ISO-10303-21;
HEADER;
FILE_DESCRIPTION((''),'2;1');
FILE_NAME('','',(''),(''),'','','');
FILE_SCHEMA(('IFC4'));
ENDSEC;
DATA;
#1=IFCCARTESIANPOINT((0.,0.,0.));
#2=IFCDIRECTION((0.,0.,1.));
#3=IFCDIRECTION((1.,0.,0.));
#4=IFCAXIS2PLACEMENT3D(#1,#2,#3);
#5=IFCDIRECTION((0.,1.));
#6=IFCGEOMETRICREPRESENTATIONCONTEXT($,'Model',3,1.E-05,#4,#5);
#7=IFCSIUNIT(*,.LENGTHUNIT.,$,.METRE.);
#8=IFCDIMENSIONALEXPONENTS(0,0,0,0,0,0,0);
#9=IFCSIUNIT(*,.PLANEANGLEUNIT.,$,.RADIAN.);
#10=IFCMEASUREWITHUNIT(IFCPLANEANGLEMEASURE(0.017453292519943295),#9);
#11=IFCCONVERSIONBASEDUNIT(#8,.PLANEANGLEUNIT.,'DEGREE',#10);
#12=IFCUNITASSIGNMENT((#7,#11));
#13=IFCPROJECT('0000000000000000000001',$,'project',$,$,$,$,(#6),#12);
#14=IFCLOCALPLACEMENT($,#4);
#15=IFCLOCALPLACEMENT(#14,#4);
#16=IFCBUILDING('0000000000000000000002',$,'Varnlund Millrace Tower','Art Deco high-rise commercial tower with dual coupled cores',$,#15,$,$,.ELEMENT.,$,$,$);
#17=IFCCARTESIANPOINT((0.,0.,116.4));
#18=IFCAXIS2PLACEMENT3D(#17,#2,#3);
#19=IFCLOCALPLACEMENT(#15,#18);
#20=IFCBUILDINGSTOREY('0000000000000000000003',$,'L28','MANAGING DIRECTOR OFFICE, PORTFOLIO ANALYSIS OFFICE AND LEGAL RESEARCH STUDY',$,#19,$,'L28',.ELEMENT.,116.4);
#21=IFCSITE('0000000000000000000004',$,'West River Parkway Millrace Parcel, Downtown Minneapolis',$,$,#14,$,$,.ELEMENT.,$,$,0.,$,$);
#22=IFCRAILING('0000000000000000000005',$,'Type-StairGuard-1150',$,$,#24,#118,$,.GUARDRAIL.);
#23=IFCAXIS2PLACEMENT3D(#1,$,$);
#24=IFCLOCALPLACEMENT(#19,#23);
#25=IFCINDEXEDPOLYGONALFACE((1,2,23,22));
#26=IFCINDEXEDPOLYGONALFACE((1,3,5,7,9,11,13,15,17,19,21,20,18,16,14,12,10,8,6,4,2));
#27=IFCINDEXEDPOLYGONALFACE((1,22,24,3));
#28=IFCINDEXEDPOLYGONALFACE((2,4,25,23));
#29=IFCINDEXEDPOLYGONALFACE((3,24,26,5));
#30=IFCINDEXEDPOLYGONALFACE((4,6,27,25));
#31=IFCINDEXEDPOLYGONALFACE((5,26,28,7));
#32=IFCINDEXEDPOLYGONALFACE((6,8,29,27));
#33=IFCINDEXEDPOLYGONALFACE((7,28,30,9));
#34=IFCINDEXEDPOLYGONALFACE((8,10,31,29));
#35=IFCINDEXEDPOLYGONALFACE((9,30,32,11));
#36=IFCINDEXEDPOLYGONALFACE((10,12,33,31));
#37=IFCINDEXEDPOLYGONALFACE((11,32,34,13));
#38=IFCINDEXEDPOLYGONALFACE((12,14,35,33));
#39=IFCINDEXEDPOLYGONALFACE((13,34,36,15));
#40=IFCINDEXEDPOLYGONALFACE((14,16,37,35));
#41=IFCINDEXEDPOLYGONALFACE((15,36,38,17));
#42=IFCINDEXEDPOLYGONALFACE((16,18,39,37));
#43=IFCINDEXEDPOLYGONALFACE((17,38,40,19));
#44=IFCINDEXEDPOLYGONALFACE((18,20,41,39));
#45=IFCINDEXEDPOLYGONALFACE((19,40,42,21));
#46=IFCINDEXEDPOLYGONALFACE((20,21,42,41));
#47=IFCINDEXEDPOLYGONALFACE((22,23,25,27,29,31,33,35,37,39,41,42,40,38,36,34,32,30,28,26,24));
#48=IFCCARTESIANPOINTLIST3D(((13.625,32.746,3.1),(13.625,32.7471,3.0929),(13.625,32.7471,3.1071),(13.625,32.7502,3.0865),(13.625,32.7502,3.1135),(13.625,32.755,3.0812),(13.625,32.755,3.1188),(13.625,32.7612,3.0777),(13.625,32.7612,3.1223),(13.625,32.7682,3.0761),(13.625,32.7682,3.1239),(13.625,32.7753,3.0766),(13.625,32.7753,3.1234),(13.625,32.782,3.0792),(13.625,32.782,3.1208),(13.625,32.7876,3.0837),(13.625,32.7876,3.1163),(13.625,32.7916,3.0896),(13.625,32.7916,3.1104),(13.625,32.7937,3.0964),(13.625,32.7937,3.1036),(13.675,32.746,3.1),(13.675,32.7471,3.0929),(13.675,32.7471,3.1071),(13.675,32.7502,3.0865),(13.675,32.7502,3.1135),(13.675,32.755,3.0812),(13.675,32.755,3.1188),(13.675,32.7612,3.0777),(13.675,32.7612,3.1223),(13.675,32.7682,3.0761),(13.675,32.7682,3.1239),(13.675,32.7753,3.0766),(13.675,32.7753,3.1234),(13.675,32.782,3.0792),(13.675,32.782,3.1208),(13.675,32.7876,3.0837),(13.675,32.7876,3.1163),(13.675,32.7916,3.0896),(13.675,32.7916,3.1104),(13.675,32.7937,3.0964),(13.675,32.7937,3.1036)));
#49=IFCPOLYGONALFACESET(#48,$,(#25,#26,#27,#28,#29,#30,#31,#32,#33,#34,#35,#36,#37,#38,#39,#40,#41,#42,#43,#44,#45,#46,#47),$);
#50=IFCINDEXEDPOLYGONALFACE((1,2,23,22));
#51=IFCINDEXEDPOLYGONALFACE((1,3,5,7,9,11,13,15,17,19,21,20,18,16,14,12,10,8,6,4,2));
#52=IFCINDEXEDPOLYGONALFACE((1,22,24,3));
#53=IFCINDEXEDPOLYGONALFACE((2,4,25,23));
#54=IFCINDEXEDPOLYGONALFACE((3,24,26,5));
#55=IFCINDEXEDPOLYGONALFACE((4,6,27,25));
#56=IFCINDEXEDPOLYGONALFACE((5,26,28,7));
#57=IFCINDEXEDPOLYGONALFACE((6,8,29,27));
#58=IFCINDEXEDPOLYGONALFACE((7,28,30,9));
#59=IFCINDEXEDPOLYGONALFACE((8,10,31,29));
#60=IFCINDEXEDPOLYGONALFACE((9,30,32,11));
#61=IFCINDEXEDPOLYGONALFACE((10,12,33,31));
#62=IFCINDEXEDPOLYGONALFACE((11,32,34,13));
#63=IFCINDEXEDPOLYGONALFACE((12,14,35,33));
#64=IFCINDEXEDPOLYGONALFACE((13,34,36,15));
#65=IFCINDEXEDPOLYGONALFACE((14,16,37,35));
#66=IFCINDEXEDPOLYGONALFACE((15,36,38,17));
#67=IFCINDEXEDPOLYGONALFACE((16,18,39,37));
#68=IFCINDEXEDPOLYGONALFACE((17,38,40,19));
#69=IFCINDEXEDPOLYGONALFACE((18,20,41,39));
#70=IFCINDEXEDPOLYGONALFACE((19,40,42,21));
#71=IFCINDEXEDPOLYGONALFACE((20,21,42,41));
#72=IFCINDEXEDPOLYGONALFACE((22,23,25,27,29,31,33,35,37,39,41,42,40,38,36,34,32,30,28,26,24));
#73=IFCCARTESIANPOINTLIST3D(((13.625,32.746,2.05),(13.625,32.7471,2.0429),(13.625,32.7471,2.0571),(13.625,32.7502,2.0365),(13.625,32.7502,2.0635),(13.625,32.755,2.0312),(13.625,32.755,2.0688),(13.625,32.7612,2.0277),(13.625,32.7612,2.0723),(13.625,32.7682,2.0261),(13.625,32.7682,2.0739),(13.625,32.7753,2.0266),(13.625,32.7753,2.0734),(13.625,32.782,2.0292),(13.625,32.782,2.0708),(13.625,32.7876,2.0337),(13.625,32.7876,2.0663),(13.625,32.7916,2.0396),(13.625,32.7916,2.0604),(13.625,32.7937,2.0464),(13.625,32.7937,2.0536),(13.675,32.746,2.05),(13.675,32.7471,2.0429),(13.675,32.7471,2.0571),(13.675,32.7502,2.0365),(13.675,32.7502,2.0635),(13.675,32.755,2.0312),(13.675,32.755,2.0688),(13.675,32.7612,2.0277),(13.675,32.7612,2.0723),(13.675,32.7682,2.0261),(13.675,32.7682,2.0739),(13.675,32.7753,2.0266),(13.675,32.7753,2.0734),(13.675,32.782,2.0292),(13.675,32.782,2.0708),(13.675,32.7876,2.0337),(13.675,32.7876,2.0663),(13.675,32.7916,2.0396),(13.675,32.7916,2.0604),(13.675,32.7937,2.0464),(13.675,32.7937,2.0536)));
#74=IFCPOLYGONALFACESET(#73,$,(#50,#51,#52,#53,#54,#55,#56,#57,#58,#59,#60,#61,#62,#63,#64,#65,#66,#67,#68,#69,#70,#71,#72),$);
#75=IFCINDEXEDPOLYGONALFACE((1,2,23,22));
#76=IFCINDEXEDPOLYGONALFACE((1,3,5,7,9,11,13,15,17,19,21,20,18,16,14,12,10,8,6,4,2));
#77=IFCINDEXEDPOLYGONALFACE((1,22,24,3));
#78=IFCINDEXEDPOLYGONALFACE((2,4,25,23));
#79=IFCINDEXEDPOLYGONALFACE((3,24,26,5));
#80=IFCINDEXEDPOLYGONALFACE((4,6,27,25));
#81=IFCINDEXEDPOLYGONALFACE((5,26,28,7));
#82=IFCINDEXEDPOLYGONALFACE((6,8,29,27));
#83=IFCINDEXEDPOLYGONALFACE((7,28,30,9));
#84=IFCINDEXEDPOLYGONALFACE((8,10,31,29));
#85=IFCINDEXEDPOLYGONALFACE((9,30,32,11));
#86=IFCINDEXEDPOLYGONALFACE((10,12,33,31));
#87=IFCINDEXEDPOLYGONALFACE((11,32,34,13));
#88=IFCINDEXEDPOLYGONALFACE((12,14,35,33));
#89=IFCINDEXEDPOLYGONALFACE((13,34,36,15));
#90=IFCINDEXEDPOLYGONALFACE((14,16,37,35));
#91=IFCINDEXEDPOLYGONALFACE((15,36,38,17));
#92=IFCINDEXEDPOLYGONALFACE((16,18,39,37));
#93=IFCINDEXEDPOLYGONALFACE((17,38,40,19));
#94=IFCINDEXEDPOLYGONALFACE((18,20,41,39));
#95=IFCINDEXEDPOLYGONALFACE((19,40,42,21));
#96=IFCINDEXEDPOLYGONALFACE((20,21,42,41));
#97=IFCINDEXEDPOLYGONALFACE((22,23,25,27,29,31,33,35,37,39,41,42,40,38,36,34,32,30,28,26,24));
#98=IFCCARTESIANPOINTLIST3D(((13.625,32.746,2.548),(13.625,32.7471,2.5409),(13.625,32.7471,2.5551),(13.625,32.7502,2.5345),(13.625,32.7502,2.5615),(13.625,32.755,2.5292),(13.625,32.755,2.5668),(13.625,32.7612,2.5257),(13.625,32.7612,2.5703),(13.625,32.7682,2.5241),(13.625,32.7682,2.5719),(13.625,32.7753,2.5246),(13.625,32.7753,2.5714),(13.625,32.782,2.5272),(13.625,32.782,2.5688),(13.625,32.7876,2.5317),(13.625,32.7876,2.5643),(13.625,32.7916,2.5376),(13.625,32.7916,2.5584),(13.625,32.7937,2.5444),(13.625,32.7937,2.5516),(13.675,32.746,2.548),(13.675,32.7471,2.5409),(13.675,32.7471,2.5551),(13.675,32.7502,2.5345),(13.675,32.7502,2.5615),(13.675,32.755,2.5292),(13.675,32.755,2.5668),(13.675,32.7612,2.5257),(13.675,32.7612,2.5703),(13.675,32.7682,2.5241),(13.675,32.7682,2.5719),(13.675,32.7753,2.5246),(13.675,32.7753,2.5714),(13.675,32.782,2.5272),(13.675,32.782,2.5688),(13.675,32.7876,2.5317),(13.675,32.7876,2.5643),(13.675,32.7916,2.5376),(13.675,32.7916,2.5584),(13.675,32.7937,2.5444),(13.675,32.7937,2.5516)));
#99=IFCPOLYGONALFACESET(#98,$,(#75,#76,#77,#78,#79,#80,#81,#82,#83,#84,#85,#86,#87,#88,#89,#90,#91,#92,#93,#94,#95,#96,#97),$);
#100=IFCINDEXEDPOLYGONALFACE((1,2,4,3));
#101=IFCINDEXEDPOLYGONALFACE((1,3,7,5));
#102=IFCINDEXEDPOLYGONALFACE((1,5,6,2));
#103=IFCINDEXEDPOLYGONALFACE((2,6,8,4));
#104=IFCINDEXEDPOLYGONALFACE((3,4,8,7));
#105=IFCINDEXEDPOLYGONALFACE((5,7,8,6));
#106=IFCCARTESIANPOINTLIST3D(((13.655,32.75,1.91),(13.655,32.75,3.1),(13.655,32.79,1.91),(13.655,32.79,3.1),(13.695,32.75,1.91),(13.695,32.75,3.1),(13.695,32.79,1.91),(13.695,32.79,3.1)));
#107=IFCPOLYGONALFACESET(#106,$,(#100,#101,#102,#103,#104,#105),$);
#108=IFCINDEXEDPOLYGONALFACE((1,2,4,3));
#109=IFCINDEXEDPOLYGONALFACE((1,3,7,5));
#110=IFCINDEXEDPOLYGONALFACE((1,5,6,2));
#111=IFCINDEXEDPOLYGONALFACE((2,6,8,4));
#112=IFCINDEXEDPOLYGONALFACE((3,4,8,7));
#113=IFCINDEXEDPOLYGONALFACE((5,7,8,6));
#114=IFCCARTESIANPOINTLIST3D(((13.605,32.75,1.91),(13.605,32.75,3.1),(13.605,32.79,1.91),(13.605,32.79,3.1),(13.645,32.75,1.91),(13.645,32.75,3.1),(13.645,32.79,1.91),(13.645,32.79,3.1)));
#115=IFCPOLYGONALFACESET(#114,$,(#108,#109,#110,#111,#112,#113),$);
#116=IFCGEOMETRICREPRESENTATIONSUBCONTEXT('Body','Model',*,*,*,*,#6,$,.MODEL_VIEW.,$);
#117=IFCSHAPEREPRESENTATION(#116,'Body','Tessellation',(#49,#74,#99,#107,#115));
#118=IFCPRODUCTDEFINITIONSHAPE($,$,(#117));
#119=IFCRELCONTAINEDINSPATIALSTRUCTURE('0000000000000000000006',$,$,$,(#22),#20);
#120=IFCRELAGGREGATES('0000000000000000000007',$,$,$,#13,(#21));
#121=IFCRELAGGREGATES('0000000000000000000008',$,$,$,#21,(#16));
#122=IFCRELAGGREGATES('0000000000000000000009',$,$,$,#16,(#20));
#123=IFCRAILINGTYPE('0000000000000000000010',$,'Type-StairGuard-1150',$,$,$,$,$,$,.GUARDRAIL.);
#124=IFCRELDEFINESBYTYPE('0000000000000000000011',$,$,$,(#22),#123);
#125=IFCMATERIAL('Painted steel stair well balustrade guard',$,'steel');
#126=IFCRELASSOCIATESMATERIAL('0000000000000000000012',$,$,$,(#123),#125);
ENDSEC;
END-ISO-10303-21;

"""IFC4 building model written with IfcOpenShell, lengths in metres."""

from ifc_helpers import new_model, entity, si_unit, converted_unit, direction, frame, origin_with_axes, origin_2d_with_axis, place, context, subcontext, project, spatial, rectangle, circle, extrude, material, type_object, element, save


model = new_model("IFC4")

# Units and contexts
model_context = context("Model", 3, precision=1e-05, world=origin_with_axes(), true_north=direction((0.0, 1.0)))
body_context = subcontext(model_context, "Body", "Model", "MODEL_VIEW")
ifc_project = project(units=[si_unit("LENGTHUNIT", "METRE"), converted_unit("PLANEANGLEUNIT", "DEGREE", entity("IfcPlaneAngleMeasure", 0.017453292519943295), si_unit("PLANEANGLEUNIT", "RADIAN"), dimensions=[0, 0, 0, 0, 0, 0, 0])], contexts=[model_context])

# Site, building, storey
site_placement = place(None, origin_with_axes())
site = spatial("IfcSite", under=ifc_project, at=site_placement, Name="West River Parkway Millrace Parcel, Downtown Minneapolis", CompositionType="ELEMENT", RefElevation=0.0)
building_placement = place(site_placement, origin_with_axes())
building = spatial("IfcBuilding", under=site, at=building_placement, Name="Varnlund Millrace Tower", Description="Art Deco high-rise commercial tower with dual coupled cores", CompositionType="ELEMENT")
storey_placement = place(building_placement, frame((0.0, 0.0, 116.4), z_axis=(0.0, 0.0, 1.0), x_axis=(1.0, 0.0, 0.0)))
storey = spatial("IfcBuildingStorey", under=building, at=storey_placement, Name="L28", Description="MANAGING DIRECTOR OFFICE, PORTFOLIO ANALYSIS OFFICE AND LEGAL RESEARCH STUDY", LongName="L28", CompositionType="ELEMENT", Elevation=116.4)

# Railing
ifc_material_1 = material(Name="Painted steel stair well balustrade guard", Category="steel")
railing_type_1 = type_object("IfcRailingType", Name="Type-StairGuard-1150", PredefinedType="GUARDRAIL", material=ifc_material_1)
railing_1_placement = place(storey_placement, frame((0.0, 0.0, -116.4), z_axis=(0.0, 0.0, 1.0), x_axis=(1.0, 0.0, 0.0)))
element("IfcRailing", 1, at=railing_1_placement, inside=storey, type_object=railing_type_1, Name="Type-StairGuard-1150", PredefinedType="GUARDRAIL", context=body_context, shape_type="SweptSolid", body=[
    extrude(circle(Radius=0.024, at=origin_2d_with_axis()), frame((13.675, 32.77, 119.5), z_axis=(-1.0, 0.0, 0.0), x_axis=(0.0, -1.0, 0.0)), (0.0, 0.0, 1.0), 0.05),
    extrude(circle(Radius=0.024, at=origin_2d_with_axis()), frame((13.675, 32.77, 118.45), z_axis=(-1.0, 0.0, 0.0), x_axis=(0.0, -1.0, 0.0)), (0.0, 0.0, 1.0), 0.05),
    extrude(circle(Radius=0.024, at=origin_2d_with_axis()), frame((13.675, 32.77, 118.948), z_axis=(-1.0, 0.0, 0.0), x_axis=(0.0, -1.0, 0.0)), (0.0, 0.0, 1.0), 0.05),
    extrude(rectangle(XDim=0.04, YDim=0.04, at=origin_2d_with_axis()), frame((13.675, 32.77, 118.31), z_axis=(0.0, 0.0, 1.0), x_axis=(1.0, 0.0, 0.0)), (0.0, 0.0, 1.0), 1.19),
    extrude(rectangle(XDim=0.04, YDim=0.04, at=origin_2d_with_axis()), frame((13.625, 32.77, 118.31), z_axis=(0.0, 0.0, 1.0), x_axis=(1.0, 0.0, 0.0)), (0.0, 0.0, 1.0), 1.19),
])

save(model, "model.ifc")
